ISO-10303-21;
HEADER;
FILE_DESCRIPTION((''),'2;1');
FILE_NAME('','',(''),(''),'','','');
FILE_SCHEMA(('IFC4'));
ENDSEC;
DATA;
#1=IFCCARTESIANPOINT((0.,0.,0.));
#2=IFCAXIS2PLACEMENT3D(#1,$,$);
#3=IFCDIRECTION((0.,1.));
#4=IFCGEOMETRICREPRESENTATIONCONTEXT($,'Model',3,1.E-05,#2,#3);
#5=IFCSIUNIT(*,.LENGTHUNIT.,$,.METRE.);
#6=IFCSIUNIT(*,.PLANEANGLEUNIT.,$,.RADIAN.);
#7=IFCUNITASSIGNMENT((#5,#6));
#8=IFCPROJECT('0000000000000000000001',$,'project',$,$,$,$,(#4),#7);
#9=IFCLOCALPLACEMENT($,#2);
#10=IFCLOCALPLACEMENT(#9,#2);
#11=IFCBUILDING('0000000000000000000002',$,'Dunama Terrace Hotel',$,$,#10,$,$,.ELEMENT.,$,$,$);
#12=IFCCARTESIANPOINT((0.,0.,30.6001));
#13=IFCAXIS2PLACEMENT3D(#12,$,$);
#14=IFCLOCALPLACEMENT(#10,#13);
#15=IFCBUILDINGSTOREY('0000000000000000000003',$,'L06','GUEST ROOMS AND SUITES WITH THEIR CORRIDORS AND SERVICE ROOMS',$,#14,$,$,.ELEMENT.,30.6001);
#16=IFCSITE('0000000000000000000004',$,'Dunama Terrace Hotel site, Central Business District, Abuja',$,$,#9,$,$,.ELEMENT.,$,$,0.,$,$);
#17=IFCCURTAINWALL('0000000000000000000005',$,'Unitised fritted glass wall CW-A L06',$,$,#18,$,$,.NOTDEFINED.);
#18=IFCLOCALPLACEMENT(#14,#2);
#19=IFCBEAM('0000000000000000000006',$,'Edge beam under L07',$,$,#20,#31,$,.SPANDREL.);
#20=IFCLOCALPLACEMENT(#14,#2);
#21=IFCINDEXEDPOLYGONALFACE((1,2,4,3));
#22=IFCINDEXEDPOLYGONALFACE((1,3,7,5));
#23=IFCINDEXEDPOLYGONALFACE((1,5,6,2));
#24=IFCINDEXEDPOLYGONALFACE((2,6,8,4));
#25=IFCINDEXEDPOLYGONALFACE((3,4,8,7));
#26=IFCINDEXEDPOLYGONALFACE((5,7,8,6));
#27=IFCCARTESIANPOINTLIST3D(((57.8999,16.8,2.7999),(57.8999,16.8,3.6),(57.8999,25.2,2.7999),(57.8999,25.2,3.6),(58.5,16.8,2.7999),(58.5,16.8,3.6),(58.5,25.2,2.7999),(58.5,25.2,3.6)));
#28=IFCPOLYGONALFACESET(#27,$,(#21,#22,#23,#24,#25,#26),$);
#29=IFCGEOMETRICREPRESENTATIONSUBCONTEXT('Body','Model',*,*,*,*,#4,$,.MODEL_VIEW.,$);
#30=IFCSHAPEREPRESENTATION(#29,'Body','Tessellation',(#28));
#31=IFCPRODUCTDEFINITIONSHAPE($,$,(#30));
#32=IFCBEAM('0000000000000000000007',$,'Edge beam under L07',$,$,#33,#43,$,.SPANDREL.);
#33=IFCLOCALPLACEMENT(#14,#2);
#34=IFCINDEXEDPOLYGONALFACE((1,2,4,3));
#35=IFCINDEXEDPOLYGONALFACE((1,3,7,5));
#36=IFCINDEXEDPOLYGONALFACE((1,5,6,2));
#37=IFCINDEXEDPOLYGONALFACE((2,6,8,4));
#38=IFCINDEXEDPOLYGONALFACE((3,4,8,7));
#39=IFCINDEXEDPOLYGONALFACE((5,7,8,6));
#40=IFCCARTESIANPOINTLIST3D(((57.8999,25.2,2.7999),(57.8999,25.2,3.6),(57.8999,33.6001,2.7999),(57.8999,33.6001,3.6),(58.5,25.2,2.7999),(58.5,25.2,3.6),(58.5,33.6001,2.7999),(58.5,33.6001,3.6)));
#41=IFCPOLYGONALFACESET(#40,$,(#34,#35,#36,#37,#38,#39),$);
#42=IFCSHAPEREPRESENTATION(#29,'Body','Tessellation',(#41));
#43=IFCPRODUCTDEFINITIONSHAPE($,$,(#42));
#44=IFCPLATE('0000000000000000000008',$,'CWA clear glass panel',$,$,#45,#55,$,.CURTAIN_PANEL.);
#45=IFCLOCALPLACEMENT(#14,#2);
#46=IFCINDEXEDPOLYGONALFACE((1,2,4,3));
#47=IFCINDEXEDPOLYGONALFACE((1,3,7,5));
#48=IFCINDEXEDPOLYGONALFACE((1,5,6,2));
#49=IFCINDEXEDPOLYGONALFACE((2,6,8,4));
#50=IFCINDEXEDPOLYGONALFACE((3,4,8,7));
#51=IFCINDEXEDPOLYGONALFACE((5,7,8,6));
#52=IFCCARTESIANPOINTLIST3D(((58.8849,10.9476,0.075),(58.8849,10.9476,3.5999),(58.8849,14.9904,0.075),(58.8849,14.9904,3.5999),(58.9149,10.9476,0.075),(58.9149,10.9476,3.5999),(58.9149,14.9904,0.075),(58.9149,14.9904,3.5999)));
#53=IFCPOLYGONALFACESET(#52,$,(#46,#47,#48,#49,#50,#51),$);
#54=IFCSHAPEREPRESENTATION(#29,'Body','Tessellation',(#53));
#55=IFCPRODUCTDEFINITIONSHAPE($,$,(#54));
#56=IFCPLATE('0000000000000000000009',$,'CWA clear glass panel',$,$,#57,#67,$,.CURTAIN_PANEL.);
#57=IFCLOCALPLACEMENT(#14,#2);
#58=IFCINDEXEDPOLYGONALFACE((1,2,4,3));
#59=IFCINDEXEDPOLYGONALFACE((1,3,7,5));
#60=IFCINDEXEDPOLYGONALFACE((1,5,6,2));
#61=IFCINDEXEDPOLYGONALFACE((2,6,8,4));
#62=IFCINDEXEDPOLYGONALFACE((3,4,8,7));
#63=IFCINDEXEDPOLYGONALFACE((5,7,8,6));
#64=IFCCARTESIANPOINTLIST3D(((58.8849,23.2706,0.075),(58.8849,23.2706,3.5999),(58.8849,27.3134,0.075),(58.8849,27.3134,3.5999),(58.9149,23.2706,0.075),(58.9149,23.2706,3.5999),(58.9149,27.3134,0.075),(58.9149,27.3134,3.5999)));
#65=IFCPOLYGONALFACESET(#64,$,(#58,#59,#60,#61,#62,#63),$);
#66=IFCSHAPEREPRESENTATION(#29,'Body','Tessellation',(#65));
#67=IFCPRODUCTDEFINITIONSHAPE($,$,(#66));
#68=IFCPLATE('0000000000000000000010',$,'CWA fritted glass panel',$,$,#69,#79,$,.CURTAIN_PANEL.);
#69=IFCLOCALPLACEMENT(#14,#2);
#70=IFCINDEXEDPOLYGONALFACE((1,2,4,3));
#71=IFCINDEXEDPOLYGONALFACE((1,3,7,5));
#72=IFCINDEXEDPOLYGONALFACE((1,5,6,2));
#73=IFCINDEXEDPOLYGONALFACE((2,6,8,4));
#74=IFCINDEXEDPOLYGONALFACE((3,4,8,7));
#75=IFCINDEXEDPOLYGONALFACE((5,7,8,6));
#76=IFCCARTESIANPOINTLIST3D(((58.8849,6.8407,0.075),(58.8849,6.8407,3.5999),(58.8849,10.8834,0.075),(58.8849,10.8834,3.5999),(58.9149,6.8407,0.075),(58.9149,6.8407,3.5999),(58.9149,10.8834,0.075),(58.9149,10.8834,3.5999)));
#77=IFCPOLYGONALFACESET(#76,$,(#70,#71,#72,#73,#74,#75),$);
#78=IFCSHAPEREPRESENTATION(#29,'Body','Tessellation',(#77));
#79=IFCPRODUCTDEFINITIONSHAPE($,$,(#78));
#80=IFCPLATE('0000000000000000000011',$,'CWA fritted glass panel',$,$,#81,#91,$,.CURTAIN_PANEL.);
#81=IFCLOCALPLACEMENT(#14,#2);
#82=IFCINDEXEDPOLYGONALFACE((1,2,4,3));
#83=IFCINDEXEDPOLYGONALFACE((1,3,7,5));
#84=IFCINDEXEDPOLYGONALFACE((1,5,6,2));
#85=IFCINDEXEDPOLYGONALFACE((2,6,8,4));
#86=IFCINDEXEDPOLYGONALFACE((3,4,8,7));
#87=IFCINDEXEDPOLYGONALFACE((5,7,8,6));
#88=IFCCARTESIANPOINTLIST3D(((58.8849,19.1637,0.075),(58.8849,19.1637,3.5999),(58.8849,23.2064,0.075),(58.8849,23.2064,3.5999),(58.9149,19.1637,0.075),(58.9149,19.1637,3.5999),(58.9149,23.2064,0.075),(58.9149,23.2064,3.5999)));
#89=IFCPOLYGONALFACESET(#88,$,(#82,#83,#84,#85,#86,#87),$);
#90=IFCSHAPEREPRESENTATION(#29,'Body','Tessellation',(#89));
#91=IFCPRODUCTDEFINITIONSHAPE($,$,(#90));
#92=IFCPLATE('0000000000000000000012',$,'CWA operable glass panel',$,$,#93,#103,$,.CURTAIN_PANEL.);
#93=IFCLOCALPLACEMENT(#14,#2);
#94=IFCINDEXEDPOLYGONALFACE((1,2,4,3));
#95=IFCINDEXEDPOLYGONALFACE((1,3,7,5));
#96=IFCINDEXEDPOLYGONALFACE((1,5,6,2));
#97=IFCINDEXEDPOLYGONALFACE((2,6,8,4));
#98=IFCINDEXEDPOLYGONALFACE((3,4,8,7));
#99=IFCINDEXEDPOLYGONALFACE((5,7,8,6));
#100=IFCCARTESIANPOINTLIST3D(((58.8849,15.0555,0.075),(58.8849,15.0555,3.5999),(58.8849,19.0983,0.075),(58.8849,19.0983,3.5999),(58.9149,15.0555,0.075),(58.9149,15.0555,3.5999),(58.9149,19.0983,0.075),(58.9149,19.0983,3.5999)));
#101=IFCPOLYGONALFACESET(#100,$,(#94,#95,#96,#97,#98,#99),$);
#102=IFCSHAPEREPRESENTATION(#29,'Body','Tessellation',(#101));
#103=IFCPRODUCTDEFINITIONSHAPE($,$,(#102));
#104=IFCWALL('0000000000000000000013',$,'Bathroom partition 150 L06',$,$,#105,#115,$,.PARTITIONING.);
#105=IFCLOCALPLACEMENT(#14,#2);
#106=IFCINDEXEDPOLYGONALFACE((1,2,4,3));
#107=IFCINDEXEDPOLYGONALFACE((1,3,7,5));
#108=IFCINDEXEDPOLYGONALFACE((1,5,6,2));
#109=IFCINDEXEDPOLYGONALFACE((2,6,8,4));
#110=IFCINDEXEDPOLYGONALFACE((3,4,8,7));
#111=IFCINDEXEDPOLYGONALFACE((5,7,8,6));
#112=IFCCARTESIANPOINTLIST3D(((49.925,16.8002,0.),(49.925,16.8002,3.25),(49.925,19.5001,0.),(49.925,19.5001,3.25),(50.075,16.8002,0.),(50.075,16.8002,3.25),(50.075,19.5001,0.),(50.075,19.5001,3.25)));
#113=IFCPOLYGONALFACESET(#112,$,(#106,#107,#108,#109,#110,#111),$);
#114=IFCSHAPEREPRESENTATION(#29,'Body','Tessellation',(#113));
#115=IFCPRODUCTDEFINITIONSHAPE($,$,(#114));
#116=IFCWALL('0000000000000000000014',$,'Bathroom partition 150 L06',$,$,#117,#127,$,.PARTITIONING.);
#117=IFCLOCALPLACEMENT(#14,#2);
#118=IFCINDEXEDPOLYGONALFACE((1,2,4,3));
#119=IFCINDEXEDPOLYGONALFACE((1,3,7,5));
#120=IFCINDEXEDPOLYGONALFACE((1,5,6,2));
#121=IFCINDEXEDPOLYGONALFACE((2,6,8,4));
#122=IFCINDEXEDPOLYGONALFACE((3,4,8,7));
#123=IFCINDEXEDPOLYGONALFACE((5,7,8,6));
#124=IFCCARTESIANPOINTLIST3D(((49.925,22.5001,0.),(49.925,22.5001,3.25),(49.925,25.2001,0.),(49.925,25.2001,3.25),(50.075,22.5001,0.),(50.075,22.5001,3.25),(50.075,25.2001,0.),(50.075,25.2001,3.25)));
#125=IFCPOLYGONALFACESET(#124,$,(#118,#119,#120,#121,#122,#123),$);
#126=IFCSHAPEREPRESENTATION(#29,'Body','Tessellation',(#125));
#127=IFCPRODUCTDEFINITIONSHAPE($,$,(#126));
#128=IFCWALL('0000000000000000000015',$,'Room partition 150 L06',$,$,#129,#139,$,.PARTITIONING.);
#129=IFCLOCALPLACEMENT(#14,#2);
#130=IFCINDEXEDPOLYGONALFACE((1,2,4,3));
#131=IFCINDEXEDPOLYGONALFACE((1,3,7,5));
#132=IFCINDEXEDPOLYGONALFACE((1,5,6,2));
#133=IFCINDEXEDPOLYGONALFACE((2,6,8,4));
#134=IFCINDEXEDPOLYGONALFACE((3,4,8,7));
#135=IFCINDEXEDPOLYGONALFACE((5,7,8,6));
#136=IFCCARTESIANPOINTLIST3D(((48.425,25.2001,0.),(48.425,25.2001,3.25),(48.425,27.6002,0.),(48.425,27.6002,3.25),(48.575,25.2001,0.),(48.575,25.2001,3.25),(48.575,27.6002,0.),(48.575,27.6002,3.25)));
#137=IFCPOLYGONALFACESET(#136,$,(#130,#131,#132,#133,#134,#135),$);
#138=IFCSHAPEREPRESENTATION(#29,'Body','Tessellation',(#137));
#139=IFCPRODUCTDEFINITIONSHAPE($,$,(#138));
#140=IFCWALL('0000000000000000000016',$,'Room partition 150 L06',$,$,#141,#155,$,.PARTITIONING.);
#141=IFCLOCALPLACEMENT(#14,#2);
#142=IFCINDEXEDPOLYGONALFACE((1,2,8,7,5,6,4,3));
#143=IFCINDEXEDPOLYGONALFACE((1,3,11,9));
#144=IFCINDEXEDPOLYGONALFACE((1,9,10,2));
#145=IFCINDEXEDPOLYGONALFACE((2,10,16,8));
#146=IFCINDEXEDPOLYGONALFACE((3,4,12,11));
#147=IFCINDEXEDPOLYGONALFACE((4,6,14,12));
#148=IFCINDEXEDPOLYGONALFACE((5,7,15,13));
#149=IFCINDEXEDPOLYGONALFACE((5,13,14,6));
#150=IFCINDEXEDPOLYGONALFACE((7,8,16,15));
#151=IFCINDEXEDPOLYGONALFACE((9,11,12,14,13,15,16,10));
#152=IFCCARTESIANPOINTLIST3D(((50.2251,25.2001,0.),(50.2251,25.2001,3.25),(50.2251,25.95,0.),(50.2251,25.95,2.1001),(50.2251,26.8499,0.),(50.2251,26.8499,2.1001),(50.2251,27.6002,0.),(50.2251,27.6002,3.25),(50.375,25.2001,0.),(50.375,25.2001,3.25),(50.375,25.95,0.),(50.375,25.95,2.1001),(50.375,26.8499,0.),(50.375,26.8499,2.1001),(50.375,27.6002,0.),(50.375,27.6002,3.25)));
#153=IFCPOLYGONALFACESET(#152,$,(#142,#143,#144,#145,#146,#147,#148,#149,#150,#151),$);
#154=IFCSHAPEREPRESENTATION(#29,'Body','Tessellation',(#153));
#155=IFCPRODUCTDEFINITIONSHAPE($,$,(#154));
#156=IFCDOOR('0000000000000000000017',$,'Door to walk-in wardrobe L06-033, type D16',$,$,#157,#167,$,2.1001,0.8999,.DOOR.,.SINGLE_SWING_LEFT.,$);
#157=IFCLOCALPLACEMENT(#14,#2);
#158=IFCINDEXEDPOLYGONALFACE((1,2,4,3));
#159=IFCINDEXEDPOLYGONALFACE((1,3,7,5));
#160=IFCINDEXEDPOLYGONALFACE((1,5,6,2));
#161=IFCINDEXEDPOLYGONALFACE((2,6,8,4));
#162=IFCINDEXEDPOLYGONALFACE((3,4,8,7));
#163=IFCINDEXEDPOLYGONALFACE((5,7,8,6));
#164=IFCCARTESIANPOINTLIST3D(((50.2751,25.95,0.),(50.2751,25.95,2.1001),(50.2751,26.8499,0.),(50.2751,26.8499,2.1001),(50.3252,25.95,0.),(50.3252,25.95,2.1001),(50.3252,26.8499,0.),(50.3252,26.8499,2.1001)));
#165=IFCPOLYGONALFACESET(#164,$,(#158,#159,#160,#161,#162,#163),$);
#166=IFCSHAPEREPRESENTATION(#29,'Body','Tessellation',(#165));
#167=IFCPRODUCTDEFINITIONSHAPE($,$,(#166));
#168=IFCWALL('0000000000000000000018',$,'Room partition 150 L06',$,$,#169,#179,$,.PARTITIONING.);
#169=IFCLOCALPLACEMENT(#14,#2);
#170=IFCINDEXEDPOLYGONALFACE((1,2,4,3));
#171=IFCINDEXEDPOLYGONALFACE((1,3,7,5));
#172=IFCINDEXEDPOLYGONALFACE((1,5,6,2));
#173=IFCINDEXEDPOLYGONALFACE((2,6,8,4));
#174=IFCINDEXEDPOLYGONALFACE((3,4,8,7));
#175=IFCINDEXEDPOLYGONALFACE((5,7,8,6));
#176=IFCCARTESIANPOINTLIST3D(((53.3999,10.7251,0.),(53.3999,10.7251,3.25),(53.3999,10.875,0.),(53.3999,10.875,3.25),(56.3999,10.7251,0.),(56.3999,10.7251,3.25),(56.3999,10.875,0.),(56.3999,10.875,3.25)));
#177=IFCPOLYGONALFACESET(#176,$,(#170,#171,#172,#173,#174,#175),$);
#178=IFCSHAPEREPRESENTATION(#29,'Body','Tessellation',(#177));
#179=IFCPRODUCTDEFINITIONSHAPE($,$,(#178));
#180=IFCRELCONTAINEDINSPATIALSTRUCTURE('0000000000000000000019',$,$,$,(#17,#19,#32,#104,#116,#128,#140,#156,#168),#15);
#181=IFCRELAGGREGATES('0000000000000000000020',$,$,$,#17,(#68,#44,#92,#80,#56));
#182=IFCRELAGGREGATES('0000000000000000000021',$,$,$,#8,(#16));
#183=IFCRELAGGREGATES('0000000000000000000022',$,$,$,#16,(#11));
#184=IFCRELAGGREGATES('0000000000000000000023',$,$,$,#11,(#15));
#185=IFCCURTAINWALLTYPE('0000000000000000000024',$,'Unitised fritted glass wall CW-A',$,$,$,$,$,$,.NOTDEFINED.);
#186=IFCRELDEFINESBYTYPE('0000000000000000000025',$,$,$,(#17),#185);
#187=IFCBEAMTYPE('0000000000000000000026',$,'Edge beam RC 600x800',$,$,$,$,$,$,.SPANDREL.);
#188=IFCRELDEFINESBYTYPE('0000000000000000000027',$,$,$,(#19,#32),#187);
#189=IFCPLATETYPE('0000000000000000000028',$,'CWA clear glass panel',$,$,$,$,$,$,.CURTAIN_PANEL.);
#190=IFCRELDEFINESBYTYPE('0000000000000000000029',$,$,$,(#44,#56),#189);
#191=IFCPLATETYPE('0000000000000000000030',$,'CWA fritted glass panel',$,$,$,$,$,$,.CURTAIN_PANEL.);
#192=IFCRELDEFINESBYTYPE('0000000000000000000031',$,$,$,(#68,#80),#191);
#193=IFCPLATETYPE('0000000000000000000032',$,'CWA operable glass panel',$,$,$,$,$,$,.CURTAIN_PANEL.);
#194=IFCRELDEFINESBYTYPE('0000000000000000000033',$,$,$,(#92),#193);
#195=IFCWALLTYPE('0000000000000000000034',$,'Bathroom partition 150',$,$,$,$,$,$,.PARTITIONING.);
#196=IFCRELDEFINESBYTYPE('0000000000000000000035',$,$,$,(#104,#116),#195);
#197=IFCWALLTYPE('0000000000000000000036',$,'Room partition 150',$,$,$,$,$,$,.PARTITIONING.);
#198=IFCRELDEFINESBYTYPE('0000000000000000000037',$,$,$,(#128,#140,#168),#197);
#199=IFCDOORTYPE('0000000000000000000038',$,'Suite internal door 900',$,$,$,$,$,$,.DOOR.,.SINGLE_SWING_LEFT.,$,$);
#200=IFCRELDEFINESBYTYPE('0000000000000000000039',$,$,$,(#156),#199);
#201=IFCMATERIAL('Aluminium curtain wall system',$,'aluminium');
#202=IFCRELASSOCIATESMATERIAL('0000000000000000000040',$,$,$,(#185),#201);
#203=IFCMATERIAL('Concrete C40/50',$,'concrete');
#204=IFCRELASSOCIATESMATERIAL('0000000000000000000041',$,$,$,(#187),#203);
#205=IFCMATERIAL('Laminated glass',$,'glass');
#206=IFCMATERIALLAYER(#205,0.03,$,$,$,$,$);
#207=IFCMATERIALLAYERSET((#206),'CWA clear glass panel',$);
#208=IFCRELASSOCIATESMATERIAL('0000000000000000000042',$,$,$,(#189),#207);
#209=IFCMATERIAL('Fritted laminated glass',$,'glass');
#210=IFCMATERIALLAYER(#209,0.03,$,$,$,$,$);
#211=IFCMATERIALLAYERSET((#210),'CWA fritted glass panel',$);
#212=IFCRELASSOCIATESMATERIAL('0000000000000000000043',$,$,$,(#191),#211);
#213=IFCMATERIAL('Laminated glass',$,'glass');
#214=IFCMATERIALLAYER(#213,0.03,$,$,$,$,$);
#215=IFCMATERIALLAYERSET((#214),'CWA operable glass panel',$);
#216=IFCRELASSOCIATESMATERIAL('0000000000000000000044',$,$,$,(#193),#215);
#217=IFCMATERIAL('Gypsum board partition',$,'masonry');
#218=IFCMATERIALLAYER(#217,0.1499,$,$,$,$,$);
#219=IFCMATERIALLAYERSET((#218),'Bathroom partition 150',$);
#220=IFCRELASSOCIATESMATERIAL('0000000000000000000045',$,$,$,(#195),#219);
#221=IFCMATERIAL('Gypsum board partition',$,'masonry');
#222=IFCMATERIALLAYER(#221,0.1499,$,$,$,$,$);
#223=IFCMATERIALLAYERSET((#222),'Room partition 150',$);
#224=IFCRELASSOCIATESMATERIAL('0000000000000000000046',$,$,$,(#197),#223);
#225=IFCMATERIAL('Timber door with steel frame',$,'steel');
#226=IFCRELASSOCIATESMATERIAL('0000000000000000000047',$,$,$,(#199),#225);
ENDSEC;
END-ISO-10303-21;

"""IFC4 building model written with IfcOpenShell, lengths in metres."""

from ifc_helpers import new_model, si_unit, direction, frame, frame_2d, origin, origin_2d, place, context, subcontext, project, spatial, rectangle, extrude, material, layer, layer_set, material_profile, profile_set, type_object, element, fill, aggregate, save


model = new_model("IFC4")

# Units and contexts
model_context = context("Model", 3, precision=1e-05, world=origin(), true_north=direction((0.0, 1.0)))
body_context = subcontext(model_context, "Body", "Model", "MODEL_VIEW")
ifc_project = project(units=[si_unit("LENGTHUNIT", "METRE"), si_unit("PLANEANGLEUNIT", "RADIAN")], contexts=[model_context])

# Site, building, storey
site_placement = place(None, origin())
site = spatial("IfcSite", under=ifc_project, at=site_placement, Name="Dunama Terrace Hotel site, Central Business District, Abuja", CompositionType="ELEMENT", RefElevation=0.0)
building_placement = place(site_placement, origin())
building = spatial("IfcBuilding", under=site, at=building_placement, Name="Dunama Terrace Hotel", CompositionType="ELEMENT")
storey_placement = place(building_placement, frame((0.0, 0.0, 30.6001)))
storey = spatial("IfcBuildingStorey", under=building, at=storey_placement, Name="L06", Description="GUEST ROOMS AND SUITES WITH THEIR CORRIDORS AND SERVICE ROOMS", CompositionType="ELEMENT", Elevation=30.6001)

# Curtain wall
ifc_material_1 = material(Name="Aluminium curtain wall system", Category="aluminium")
curtain_wall_type = type_object("IfcCurtainWallType", Name="Unitised fritted glass wall CW-A", PredefinedType="NOTDEFINED", material=ifc_material_1)
curtain_wall_placement = place(storey_placement, origin())
curtain_wall = element("IfcCurtainWall", 1, at=curtain_wall_placement, inside=storey, type_object=curtain_wall_type, Name="Unitised fritted glass wall CW-A L06", PredefinedType="NOTDEFINED")

# Beams
ifc_material_2 = material(Name="Concrete C40/50", Category="concrete")
ifc_material_profile_1 = material_profile(ifc_material_2, rectangle(XDim=0.6001, YDim=0.8, at=origin_2d()), Name="RC 600x800")
ifc_profile_set_1 = profile_set([ifc_material_profile_1], Name="Concrete C40/50")
beam_type = type_object("IfcBeamType", Name="Edge beam RC 600x800", PredefinedType="SPANDREL", material=ifc_profile_set_1)
beam_1_placement = place(storey_placement, frame((58.2, 16.8, 3.2), z_axis=(0.0, 1.0, 0.0), x_axis=(-1.0, 0.0, 0.0)))
element("IfcBeam", 2, at=beam_1_placement, inside=storey, type_object=beam_type, Name="Edge beam under L07", PredefinedType="SPANDREL", context=body_context, shape_type="SweptSolid", body=[
    extrude(rectangle(XDim=0.6001, YDim=0.8, at=origin_2d()), origin(), (0.0, 0.0, 1.0), 8.3999),
])
beam_2_placement = place(storey_placement, frame((58.2, 25.2, 3.2), z_axis=(0.0, 1.0, 0.0), x_axis=(-1.0, 0.0, 0.0)))
element("IfcBeam", 3, at=beam_2_placement, inside=storey, type_object=beam_type, Name="Edge beam under L07", PredefinedType="SPANDREL", context=body_context, shape_type="SweptSolid", body=[
    extrude(rectangle(XDim=0.6001, YDim=0.8, at=origin_2d()), origin(), (0.0, 0.0, 1.0), 8.4001),
])

# Plates
ifc_material_3 = material(Name="Laminated glass", Category="glass")
ifc_layer_1 = layer(ifc_material_3, 0.03)
ifc_layer_set_1 = layer_set([ifc_layer_1], Name="CWA clear glass panel")
plate_type_1 = type_object("IfcPlateType", Name="CWA clear glass panel", PredefinedType="CURTAIN_PANEL", material=ifc_layer_set_1)
plate_1_placement = place(storey_placement, frame((58.8999, 12.969, 0.075), z_axis=(0.0, 0.0, 1.0), x_axis=(0.0, 1.0, 0.0)))
plate_1 = element("IfcPlate", 4, at=plate_1_placement, type_object=plate_type_1, Name="CWA clear glass panel", PredefinedType="CURTAIN_PANEL", context=body_context, shape_type="SweptSolid", body=[
    extrude(rectangle(XDim=4.0427, YDim=0.03, at=origin_2d()), origin(), (0.0, 0.0, 1.0), 3.5249),
])
plate_2_placement = place(storey_placement, frame((58.8999, 25.292, 0.075), z_axis=(0.0, 0.0, 1.0), x_axis=(0.0, 1.0, 0.0)))
plate_2 = element("IfcPlate", 5, at=plate_2_placement, type_object=plate_type_1, Name="CWA clear glass panel", PredefinedType="CURTAIN_PANEL", context=body_context, shape_type="SweptSolid", body=[
    extrude(rectangle(XDim=4.0427, YDim=0.03, at=origin_2d()), origin(), (0.0, 0.0, 1.0), 3.5249),
])
ifc_material_4 = material(Name="Fritted laminated glass", Category="glass")
ifc_layer_2 = layer(ifc_material_4, 0.03)
ifc_layer_set_2 = layer_set([ifc_layer_2], Name="CWA fritted glass panel")
plate_type_2 = type_object("IfcPlateType", Name="CWA fritted glass panel", PredefinedType="CURTAIN_PANEL", material=ifc_layer_set_2)
plate_3_placement = place(storey_placement, frame((58.8999, 8.8621, 0.075), z_axis=(0.0, 0.0, 1.0), x_axis=(0.0, 1.0, 0.0)))
plate_3 = element("IfcPlate", 6, at=plate_3_placement, type_object=plate_type_2, Name="CWA fritted glass panel", PredefinedType="CURTAIN_PANEL", context=body_context, shape_type="SweptSolid", body=[
    extrude(rectangle(XDim=4.0427, YDim=0.03, at=origin_2d()), origin(), (0.0, 0.0, 1.0), 3.5249),
])
plate_4_placement = place(storey_placement, frame((58.8999, 21.1851, 0.075), z_axis=(0.0, 0.0, 1.0), x_axis=(0.0, 1.0, 0.0)))
plate_4 = element("IfcPlate", 7, at=plate_4_placement, type_object=plate_type_2, Name="CWA fritted glass panel", PredefinedType="CURTAIN_PANEL", context=body_context, shape_type="SweptSolid", body=[
    extrude(rectangle(XDim=4.0427, YDim=0.03, at=origin_2d()), origin(), (0.0, 0.0, 1.0), 3.5249),
])
ifc_material_5 = material(Name="Laminated glass", Category="glass")
ifc_layer_3 = layer(ifc_material_5, 0.03)
ifc_layer_set_3 = layer_set([ifc_layer_3], Name="CWA operable glass panel")
plate_type_3 = type_object("IfcPlateType", Name="CWA operable glass panel", PredefinedType="CURTAIN_PANEL", material=ifc_layer_set_3)
plate_5_placement = place(storey_placement, frame((58.8999, 17.0769, 0.075), z_axis=(0.0, 0.0, 1.0), x_axis=(0.0, 1.0, 0.0)))
plate_5 = element("IfcPlate", 8, at=plate_5_placement, type_object=plate_type_3, Name="CWA operable glass panel", PredefinedType="CURTAIN_PANEL", context=body_context, shape_type="SweptSolid", body=[
    extrude(rectangle(XDim=4.0427, YDim=0.03, at=origin_2d()), origin(), (0.0, 0.0, 1.0), 3.5249),
])
aggregate(curtain_wall, [plate_3, plate_1, plate_5, plate_4, plate_2])

# Walls
ifc_material_6 = material(Name="Gypsum board partition", Category="masonry")
ifc_layer_4 = layer(ifc_material_6, 0.1499)
ifc_layer_set_4 = layer_set([ifc_layer_4], Name="Bathroom partition 150")
wall_type_1 = type_object("IfcWallType", Name="Bathroom partition 150", PredefinedType="PARTITIONING", material=ifc_layer_set_4)
for number, where, z_axis, x_axis, name in (
    (9, (50.0, 16.8, 0.0), (0.0, 0.0, 1.0), (0.0, 1.0, 0.0), "Bathroom partition 150 L06"),
    (10, (50.0, 22.5, 0.0), (0.0, 0.0, 1.0), (0.0, 1.0, 0.0), "Bathroom partition 150 L06"),
):
    element("IfcWall", number, at=place(storey_placement, frame(where, z_axis=z_axis, x_axis=x_axis)), inside=storey, type_object=wall_type_1, Name=name, PredefinedType="PARTITIONING", context=body_context, shape_type="SweptSolid", body=[
        extrude(rectangle(XDim=2.7, YDim=0.1499, at=frame_2d((1.3501, 0.0))), origin(), (0.0, 0.0, 1.0), 3.25),
    ])
ifc_material_7 = material(Name="Gypsum board partition", Category="masonry")
ifc_layer_5 = layer(ifc_material_7, 0.1499)
ifc_layer_set_5 = layer_set([ifc_layer_5], Name="Room partition 150")
wall_type_2 = type_object("IfcWallType", Name="Room partition 150", PredefinedType="PARTITIONING", material=ifc_layer_set_5)
wall_1_placement = place(storey_placement, frame((48.5, 25.2, 0.0), z_axis=(0.0, 0.0, 1.0), x_axis=(0.0, 1.0, 0.0)))
element("IfcWall", 11, at=wall_1_placement, inside=storey, type_object=wall_type_2, Name="Room partition 150 L06", PredefinedType="PARTITIONING", context=body_context, shape_type="SweptSolid", body=[
    extrude(rectangle(XDim=2.4001, YDim=0.1499, at=frame_2d((1.2002, 0.0))), origin(), (0.0, 0.0, 1.0), 3.25),
])

# Wall, opening, door
wall_2_placement = place(storey_placement, frame((50.3, 25.2, 0.0), z_axis=(0.0, 0.0, 1.0), x_axis=(0.0, 1.0, 0.0)))
wall_2 = element("IfcWall", 12, at=wall_2_placement, inside=storey, type_object=wall_type_2, Name="Room partition 150 L06", PredefinedType="PARTITIONING", context=body_context, shape_type="SweptSolid", body=[
    extrude(rectangle(XDim=2.4001, YDim=0.1499, at=frame_2d((1.2002, 0.0))), origin(), (0.0, 0.0, 1.0), 3.25),
])
opening_placement = place(wall_2_placement, frame((0.75, 0.0, 0.0)))
opening = element("IfcOpeningElement", 13, at=opening_placement, cuts=wall_2, PredefinedType="OPENING", context=body_context, shape_type="SweptSolid", body=[
    extrude(rectangle(XDim=0.8999, YDim=2.1001, at=frame_2d((0.45, 1.05))), frame((0.0, 0.085, 0.0), z_axis=(0.0, -1.0, 0.0), x_axis=(1.0, 0.0, 0.0)), (0.0, 0.0, 1.0), 0.1699),
])
ifc_material_8 = material(Name="Timber door with steel frame", Category="steel")
door_type = type_object("IfcDoorType", Name="Suite internal door 900", OperationType="SINGLE_SWING_LEFT", PredefinedType="DOOR", material=ifc_material_8)
door_placement = place(opening_placement, origin())
door = element("IfcDoor", 14, at=door_placement, inside=storey, type_object=door_type, Name="Door to walk-in wardrobe L06-033, type D16", OperationType="SINGLE_SWING_LEFT", OverallHeight=2.1001, OverallWidth=0.8999, PredefinedType="DOOR", context=body_context, shape_type="SweptSolid", body=[
    extrude(rectangle(XDim=0.8999, YDim=2.1001, at=frame_2d((0.45, 1.05))), frame((0.0, 0.0249, 0.0), z_axis=(0.0, -1.0, 0.0), x_axis=(1.0, 0.0, 0.0)), (0.0, 0.0, 1.0), 0.05),
])
fill(opening, door)

# Wall
wall_3_placement = place(storey_placement, frame((53.3999, 10.8, 0.0), z_axis=(0.0, 0.0, 1.0), x_axis=(1.0, 0.0, 0.0)))
element("IfcWall", 15, at=wall_3_placement, inside=storey, type_object=wall_type_2, Name="Room partition 150 L06", PredefinedType="PARTITIONING", context=body_context, shape_type="SweptSolid", body=[
    extrude(rectangle(XDim=3.0, YDim=0.1499, at=frame_2d((1.5, 0.0))), origin(), (0.0, 0.0, 1.0), 3.25),
])

save(model, "model.ifc")
